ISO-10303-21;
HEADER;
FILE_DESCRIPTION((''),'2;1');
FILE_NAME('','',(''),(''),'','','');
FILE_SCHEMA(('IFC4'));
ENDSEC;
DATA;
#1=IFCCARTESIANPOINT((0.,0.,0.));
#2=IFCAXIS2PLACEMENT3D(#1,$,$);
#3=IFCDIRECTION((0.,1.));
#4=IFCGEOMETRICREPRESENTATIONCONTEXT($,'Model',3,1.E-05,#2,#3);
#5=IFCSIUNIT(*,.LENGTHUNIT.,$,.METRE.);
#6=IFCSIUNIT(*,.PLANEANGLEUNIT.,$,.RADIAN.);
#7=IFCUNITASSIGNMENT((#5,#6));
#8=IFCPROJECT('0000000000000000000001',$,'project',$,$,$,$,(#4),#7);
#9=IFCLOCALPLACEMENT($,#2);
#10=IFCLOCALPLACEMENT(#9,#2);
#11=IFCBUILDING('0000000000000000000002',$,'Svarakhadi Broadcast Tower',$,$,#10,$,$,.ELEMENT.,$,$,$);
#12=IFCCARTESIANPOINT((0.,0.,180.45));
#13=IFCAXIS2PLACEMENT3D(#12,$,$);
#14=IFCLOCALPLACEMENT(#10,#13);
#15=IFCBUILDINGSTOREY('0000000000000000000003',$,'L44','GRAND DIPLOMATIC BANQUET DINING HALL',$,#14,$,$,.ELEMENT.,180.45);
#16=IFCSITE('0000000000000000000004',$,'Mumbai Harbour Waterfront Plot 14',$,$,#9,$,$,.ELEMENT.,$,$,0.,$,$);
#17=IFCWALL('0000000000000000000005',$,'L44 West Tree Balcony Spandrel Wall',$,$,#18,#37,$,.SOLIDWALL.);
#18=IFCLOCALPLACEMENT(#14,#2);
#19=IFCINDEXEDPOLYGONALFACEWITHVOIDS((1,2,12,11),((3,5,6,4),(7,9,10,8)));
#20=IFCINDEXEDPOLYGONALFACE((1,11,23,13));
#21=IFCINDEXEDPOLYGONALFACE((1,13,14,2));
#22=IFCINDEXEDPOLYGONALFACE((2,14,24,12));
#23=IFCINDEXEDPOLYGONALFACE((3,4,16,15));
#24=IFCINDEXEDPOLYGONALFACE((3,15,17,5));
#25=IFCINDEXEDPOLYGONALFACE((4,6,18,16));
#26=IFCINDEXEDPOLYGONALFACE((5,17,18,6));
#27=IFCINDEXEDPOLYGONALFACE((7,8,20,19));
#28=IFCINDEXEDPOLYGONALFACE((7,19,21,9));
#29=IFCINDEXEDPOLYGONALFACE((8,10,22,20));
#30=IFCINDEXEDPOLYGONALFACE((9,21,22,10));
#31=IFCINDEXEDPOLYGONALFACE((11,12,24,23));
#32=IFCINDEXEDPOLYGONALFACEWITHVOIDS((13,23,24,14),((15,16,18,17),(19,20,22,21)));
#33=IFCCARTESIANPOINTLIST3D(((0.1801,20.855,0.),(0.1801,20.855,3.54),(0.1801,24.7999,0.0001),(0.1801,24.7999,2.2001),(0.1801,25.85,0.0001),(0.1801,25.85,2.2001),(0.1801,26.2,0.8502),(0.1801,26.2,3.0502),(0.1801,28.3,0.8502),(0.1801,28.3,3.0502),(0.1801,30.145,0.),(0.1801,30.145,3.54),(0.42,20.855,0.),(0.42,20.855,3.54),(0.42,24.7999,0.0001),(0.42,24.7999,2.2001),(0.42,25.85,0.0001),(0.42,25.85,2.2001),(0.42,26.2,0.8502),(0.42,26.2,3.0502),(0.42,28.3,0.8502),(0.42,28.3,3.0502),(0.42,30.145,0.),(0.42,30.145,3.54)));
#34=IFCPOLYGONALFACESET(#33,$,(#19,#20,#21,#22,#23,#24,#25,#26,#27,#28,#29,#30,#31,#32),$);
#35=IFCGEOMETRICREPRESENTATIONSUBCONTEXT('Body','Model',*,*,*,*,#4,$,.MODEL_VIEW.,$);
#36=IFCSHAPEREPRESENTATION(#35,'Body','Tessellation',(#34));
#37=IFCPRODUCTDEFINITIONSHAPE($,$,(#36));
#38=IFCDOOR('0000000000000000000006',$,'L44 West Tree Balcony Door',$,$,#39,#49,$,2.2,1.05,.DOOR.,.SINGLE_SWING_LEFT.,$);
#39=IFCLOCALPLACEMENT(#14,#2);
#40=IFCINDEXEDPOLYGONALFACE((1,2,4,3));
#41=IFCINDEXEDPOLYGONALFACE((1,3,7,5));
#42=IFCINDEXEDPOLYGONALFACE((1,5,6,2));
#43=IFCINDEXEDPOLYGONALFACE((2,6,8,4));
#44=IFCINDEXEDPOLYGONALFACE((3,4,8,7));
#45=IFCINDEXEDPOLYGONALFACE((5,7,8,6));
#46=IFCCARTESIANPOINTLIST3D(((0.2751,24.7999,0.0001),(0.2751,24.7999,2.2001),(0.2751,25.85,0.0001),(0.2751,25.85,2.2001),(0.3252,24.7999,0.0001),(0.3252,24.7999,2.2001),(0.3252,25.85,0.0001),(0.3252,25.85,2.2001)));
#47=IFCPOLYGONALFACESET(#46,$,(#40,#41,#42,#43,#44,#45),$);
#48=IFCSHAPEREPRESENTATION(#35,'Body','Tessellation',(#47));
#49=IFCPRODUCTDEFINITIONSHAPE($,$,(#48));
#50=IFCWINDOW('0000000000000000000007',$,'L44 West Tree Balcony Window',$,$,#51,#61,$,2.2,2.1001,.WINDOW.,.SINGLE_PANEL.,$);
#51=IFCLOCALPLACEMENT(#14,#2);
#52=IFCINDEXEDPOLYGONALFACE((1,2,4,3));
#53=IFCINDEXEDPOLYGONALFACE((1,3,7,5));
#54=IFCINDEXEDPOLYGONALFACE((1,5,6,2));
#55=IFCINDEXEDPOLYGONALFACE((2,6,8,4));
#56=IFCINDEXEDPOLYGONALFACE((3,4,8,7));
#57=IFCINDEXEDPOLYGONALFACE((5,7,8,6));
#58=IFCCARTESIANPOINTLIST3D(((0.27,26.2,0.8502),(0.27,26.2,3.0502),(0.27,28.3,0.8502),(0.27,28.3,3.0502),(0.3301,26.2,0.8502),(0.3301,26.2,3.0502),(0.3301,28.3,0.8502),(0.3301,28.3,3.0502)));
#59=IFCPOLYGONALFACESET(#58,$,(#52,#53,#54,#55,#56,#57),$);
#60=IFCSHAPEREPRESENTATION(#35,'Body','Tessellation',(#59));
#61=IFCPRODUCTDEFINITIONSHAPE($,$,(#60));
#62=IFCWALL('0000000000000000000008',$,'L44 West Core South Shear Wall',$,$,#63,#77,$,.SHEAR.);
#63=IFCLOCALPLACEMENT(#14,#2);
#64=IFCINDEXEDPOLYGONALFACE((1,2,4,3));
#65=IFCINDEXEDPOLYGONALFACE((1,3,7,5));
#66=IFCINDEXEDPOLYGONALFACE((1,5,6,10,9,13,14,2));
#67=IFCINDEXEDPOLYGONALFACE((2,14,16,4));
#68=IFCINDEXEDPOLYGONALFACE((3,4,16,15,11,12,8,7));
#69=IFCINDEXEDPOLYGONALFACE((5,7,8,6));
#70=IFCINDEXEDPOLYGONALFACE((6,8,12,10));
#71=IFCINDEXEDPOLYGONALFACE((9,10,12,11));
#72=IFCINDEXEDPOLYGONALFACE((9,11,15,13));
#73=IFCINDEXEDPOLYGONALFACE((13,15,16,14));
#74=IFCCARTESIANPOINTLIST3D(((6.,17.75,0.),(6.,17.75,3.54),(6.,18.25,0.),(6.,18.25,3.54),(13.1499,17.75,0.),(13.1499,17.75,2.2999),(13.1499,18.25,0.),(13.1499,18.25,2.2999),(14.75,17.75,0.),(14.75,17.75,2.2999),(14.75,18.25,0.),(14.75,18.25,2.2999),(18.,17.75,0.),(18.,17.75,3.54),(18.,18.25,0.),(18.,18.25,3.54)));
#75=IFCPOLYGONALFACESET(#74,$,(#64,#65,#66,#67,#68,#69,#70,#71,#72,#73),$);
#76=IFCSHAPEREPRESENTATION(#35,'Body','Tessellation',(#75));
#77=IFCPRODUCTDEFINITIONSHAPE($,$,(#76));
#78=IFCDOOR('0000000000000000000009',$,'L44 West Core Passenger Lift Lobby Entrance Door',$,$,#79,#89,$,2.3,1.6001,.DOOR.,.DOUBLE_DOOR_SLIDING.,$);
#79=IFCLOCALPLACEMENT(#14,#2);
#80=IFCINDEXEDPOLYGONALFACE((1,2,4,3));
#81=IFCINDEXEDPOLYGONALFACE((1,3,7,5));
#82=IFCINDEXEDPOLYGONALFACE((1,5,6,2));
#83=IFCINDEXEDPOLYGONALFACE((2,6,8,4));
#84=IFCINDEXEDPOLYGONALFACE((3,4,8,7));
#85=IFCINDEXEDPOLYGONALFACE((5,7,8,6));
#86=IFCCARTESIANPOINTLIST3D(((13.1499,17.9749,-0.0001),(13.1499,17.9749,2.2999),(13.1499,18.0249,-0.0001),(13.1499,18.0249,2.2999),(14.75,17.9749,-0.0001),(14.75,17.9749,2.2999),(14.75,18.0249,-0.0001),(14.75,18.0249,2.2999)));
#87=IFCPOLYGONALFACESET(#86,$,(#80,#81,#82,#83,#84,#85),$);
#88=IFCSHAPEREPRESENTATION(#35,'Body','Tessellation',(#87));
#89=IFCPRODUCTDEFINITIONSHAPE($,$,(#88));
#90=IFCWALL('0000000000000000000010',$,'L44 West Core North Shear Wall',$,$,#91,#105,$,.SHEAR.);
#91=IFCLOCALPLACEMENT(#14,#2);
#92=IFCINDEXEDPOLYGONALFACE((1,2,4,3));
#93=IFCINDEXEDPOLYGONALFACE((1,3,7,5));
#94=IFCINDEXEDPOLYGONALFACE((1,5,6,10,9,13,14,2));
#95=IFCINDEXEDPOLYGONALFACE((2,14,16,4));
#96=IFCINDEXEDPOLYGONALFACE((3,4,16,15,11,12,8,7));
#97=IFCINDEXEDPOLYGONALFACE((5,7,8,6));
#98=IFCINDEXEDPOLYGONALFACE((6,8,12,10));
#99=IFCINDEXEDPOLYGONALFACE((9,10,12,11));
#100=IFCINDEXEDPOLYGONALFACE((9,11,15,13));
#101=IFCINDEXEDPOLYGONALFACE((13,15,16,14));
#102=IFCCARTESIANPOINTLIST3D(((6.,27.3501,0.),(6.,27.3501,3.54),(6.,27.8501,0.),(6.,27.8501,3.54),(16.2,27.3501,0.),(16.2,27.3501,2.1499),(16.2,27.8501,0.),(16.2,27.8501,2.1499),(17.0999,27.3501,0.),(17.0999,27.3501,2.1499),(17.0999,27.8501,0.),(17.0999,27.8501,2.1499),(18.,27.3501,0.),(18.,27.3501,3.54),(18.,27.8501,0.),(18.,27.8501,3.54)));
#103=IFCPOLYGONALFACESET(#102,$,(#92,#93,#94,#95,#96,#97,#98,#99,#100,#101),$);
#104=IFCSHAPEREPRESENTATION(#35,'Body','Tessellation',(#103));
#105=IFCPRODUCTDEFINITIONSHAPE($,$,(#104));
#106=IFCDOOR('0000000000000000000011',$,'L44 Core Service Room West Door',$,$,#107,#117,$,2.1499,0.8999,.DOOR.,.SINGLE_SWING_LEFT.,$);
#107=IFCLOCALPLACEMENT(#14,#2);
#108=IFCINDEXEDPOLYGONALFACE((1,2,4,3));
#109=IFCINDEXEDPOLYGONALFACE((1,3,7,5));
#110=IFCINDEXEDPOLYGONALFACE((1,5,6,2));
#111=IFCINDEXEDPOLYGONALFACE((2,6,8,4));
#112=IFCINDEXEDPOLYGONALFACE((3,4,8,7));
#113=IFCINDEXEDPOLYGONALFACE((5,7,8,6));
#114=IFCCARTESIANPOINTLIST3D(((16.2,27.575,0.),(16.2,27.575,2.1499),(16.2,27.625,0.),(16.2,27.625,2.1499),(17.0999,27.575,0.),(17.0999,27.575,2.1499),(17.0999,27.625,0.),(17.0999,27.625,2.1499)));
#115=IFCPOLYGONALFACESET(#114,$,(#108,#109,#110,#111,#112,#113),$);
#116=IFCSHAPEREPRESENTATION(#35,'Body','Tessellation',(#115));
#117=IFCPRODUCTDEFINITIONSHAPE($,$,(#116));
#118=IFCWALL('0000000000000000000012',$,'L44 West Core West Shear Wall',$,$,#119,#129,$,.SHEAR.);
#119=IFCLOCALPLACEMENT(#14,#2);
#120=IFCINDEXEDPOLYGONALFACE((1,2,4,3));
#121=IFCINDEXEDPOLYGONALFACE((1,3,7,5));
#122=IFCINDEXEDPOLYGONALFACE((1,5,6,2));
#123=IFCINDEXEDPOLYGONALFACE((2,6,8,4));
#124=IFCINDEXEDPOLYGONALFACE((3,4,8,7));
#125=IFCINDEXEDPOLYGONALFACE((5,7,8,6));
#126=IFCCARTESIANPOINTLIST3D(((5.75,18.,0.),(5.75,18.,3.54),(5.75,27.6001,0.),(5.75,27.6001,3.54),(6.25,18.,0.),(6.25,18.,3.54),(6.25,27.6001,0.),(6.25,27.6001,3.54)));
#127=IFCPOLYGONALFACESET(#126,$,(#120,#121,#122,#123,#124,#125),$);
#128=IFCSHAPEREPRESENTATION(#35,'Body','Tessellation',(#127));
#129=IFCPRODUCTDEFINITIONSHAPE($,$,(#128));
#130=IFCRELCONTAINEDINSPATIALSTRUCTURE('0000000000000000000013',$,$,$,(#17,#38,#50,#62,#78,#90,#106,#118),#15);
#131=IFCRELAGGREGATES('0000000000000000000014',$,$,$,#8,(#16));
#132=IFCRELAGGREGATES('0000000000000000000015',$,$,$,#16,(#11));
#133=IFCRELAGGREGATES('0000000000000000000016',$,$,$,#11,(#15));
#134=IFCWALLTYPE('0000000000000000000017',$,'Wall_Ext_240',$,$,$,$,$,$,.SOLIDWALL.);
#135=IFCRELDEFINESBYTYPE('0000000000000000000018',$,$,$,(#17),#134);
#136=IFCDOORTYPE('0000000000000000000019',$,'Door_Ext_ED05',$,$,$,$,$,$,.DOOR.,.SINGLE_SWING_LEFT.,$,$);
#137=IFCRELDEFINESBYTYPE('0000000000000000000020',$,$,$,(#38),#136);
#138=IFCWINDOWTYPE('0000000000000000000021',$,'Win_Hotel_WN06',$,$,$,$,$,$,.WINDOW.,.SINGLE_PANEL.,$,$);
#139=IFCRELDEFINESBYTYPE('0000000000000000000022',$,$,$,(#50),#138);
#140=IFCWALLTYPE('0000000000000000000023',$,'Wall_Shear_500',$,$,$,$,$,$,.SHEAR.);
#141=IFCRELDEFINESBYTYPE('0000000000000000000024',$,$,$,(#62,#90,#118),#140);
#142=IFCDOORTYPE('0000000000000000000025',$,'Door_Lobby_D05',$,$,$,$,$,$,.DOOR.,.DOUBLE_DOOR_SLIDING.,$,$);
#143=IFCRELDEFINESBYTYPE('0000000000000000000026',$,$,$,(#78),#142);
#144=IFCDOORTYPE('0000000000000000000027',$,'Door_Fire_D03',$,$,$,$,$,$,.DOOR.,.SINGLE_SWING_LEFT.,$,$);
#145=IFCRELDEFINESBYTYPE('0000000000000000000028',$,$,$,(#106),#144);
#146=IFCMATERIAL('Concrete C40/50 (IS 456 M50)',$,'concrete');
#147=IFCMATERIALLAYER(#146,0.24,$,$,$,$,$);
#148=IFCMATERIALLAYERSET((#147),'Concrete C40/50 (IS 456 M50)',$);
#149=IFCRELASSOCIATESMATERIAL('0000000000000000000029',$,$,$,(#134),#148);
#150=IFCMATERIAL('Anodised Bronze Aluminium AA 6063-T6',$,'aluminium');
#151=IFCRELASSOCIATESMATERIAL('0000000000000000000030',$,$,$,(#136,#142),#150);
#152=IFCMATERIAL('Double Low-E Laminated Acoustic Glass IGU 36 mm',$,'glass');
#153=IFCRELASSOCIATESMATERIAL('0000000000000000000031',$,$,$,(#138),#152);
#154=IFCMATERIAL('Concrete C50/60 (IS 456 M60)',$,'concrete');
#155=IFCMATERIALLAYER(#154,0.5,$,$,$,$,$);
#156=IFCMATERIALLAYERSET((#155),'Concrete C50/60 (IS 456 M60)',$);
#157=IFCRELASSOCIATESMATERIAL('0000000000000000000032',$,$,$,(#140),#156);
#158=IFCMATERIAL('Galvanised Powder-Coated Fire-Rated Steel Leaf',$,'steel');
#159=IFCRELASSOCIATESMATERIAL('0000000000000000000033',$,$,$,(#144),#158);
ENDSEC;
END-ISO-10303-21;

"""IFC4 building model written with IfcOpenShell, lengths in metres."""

from ifc_helpers import new_model, si_unit, direction, frame, frame_2d, origin, place, context, subcontext, project, spatial, rectangle, extrude, material, layer, layer_set, type_object, element, fill, save


model = new_model("IFC4")

# Units and contexts
model_context = context("Model", 3, precision=1e-05, world=origin(), true_north=direction((0.0, 1.0)))
body_context = subcontext(model_context, "Body", "Model", "MODEL_VIEW")
ifc_project = project(units=[si_unit("LENGTHUNIT", "METRE"), si_unit("PLANEANGLEUNIT", "RADIAN")], contexts=[model_context])

# Site, building, storey
site_placement = place(None, origin())
site = spatial("IfcSite", under=ifc_project, at=site_placement, Name="Mumbai Harbour Waterfront Plot 14", CompositionType="ELEMENT", RefElevation=0.0)
building_placement = place(site_placement, origin())
building = spatial("IfcBuilding", under=site, at=building_placement, Name="Svarakhadi Broadcast Tower", CompositionType="ELEMENT")
storey_placement = place(building_placement, frame((0.0, 0.0, 180.45)))
storey = spatial("IfcBuildingStorey", under=building, at=storey_placement, Name="L44", Description="GRAND DIPLOMATIC BANQUET DINING HALL", CompositionType="ELEMENT", Elevation=180.45)

# Shared definitions
ifc_material_1 = material(Name="Concrete C50/60 (IS 456 M60)", Category="concrete")

# Shared definitions
ifc_material_2 = material(Name="Anodised Bronze Aluminium AA 6063-T6", Category="aluminium")

# Wall, openings, door, window
ifc_material_3 = material(Name="Concrete C40/50 (IS 456 M50)", Category="concrete")
ifc_layer_1 = layer(ifc_material_3, 0.24)
ifc_layer_set_1 = layer_set([ifc_layer_1], Name="Concrete C40/50 (IS 456 M50)")
wall_type_1 = type_object("IfcWallType", Name="Wall_Ext_240", PredefinedType="SOLIDWALL", material=ifc_layer_set_1)
wall_1_placement = place(storey_placement, frame((0.3, 20.855, 0.0), z_axis=(0.0, 0.0, 1.0), x_axis=(0.0, 1.0, 0.0)))
wall_1 = element("IfcWall", 1, at=wall_1_placement, inside=storey, type_object=wall_type_1, Name="L44 West Tree Balcony Spandrel Wall", PredefinedType="SOLIDWALL", context=body_context, shape_type="SweptSolid", body=[
    extrude(rectangle(XDim=9.29, YDim=0.24, at=frame_2d((4.645, 0.0))), origin(), (0.0, 0.0, 1.0), 3.54),
])
opening_1_placement = place(wall_1_placement, frame((3.9451, 0.0, 0.0)))
opening_1 = element("IfcOpeningElement", 2, at=opening_1_placement, cuts=wall_1, PredefinedType="OPENING", context=body_context, shape_type="SweptSolid", body=[
    extrude(rectangle(XDim=1.05, YDim=2.2, at=frame_2d((0.5249, 1.1001))), frame((0.0, 0.1299, 0.0), z_axis=(0.0, -1.0, 0.0), x_axis=(1.0, 0.0, 0.0)), (0.0, 0.0, 1.0), 0.26),
])
opening_2_placement = place(wall_1_placement, frame((5.345, 0.0, 0.8501)))
opening_2 = element("IfcOpeningElement", 3, at=opening_2_placement, cuts=wall_1, PredefinedType="OPENING", context=body_context, shape_type="SweptSolid", body=[
    extrude(rectangle(XDim=2.1001, YDim=2.2, at=frame_2d((1.05, 1.1001))), frame((0.0, 0.1299, 0.0), z_axis=(0.0, -1.0, 0.0), x_axis=(1.0, 0.0, 0.0)), (0.0, 0.0, 1.0), 0.26),
])
door_type_1 = type_object("IfcDoorType", Name="Door_Ext_ED05", OperationType="SINGLE_SWING_LEFT", PredefinedType="DOOR", material=ifc_material_2)
door_1_placement = place(opening_1_placement, origin())
door_1 = element("IfcDoor", 4, at=door_1_placement, inside=storey, type_object=door_type_1, Name="L44 West Tree Balcony Door", OperationType="SINGLE_SWING_LEFT", OverallHeight=2.2, OverallWidth=1.05, PredefinedType="DOOR", context=body_context, shape_type="SweptSolid", body=[
    extrude(rectangle(XDim=1.05, YDim=2.2, at=frame_2d((0.5249, 1.1001))), frame((0.0, 0.0249, 0.0), z_axis=(0.0, -1.0, 0.0), x_axis=(1.0, 0.0, 0.0)), (0.0, 0.0, 1.0), 0.05),
])
fill(opening_1, door_1)
ifc_material_4 = material(Name="Double Low-E Laminated Acoustic Glass IGU 36 mm", Category="glass")
window_type = type_object("IfcWindowType", Name="Win_Hotel_WN06", PartitioningType="SINGLE_PANEL", PredefinedType="WINDOW", material=ifc_material_4)
window_placement = place(opening_2_placement, origin())
window = element("IfcWindow", 5, at=window_placement, inside=storey, type_object=window_type, Name="L44 West Tree Balcony Window", OverallHeight=2.2, OverallWidth=2.1001, PartitioningType="SINGLE_PANEL", PredefinedType="WINDOW", context=body_context, shape_type="SweptSolid", body=[
    extrude(rectangle(XDim=2.1001, YDim=2.2, at=frame_2d((1.05, 1.1001))), frame((0.0, 0.03, 0.0), z_axis=(0.0, -1.0, 0.0), x_axis=(1.0, 0.0, 0.0)), (0.0, 0.0, 1.0), 0.0601),
])
fill(opening_2, window)

# Walls, openings, doors
ifc_layer_2 = layer(ifc_material_1, 0.5)
ifc_layer_set_2 = layer_set([ifc_layer_2], Name="Concrete C50/60 (IS 456 M60)")
wall_type_2 = type_object("IfcWallType", Name="Wall_Shear_500", PredefinedType="SHEAR", material=ifc_layer_set_2)
wall_2_placement = place(storey_placement, frame((6.0, 18.0, 0.0), z_axis=(0.0, 0.0, 1.0), x_axis=(1.0, 0.0, 0.0)))
wall_2 = element("IfcWall", 6, at=wall_2_placement, inside=storey, type_object=wall_type_2, Name="L44 West Core South Shear Wall", PredefinedType="SHEAR", context=body_context, shape_type="SweptSolid", body=[
    extrude(rectangle(XDim=12.0, YDim=0.5, at=frame_2d((6.0, 0.0))), origin(), (0.0, 0.0, 1.0), 3.54),
])
opening_3_placement = place(wall_2_placement, frame((7.1499, 0.0, 0.0)))
opening_3 = element("IfcOpeningElement", 7, at=opening_3_placement, cuts=wall_2, PredefinedType="OPENING", context=body_context, shape_type="SweptSolid", body=[
    extrude(rectangle(XDim=1.6001, YDim=2.3, at=frame_2d((0.8, 1.1499))), frame((0.0, 0.26, 0.0), z_axis=(0.0, -1.0, 0.0), x_axis=(1.0, 0.0, 0.0)), (0.0, 0.0, 1.0), 0.52),
])
door_type_2 = type_object("IfcDoorType", Name="Door_Lobby_D05", OperationType="DOUBLE_DOOR_SLIDING", PredefinedType="DOOR", material=ifc_material_2)
door_2_placement = place(opening_3_placement, origin())
door_2 = element("IfcDoor", 8, at=door_2_placement, inside=storey, type_object=door_type_2, Name="L44 West Core Passenger Lift Lobby Entrance Door", OperationType="DOUBLE_DOOR_SLIDING", OverallHeight=2.3, OverallWidth=1.6001, PredefinedType="DOOR", context=body_context, shape_type="SweptSolid", body=[
    extrude(rectangle(XDim=1.6001, YDim=2.3, at=frame_2d((0.8, 1.1499))), frame((0.0, 0.0249, 0.0), z_axis=(0.0, -1.0, 0.0), x_axis=(1.0, 0.0, 0.0)), (0.0, 0.0, 1.0), 0.05),
])
fill(opening_3, door_2)
wall_3_placement = place(storey_placement, frame((6.0, 27.6001, 0.0), z_axis=(0.0, 0.0, 1.0), x_axis=(1.0, 0.0, 0.0)))
wall_3 = element("IfcWall", 9, at=wall_3_placement, inside=storey, type_object=wall_type_2, Name="L44 West Core North Shear Wall", PredefinedType="SHEAR", context=body_context, shape_type="SweptSolid", body=[
    extrude(rectangle(XDim=12.0, YDim=0.5, at=frame_2d((6.0, 0.0))), origin(), (0.0, 0.0, 1.0), 3.54),
])
opening_4_placement = place(wall_3_placement, frame((10.2, 0.0, 0.0)))
opening_4 = element("IfcOpeningElement", 10, at=opening_4_placement, cuts=wall_3, PredefinedType="OPENING", context=body_context, shape_type="SweptSolid", body=[
    extrude(rectangle(XDim=0.8999, YDim=2.1499, at=frame_2d((0.45, 1.075))), frame((0.0, 0.26, 0.0), z_axis=(0.0, -1.0, 0.0), x_axis=(1.0, 0.0, 0.0)), (0.0, 0.0, 1.0), 0.52),
])
ifc_material_5 = material(Name="Galvanised Powder-Coated Fire-Rated Steel Leaf", Category="steel")
door_type_3 = type_object("IfcDoorType", Name="Door_Fire_D03", OperationType="SINGLE_SWING_LEFT", PredefinedType="DOOR", material=ifc_material_5)
door_3_placement = place(opening_4_placement, origin())
door_3 = element("IfcDoor", 11, at=door_3_placement, inside=storey, type_object=door_type_3, Name="L44 Core Service Room West Door", OperationType="SINGLE_SWING_LEFT", OverallHeight=2.1499, OverallWidth=0.8999, PredefinedType="DOOR", context=body_context, shape_type="SweptSolid", body=[
    extrude(rectangle(XDim=0.8999, YDim=2.1499, at=frame_2d((0.45, 1.075))), frame((0.0, 0.0249, 0.0), z_axis=(0.0, -1.0, 0.0), x_axis=(1.0, 0.0, 0.0)), (0.0, 0.0, 1.0), 0.05),
])
fill(opening_4, door_3)

# Wall
wall_4_placement = place(storey_placement, frame((6.0, 18.0, 0.0), z_axis=(0.0, 0.0, 1.0), x_axis=(0.0, 1.0, 0.0)))
element("IfcWall", 12, at=wall_4_placement, inside=storey, type_object=wall_type_2, Name="L44 West Core West Shear Wall", PredefinedType="SHEAR", context=body_context, shape_type="SweptSolid", body=[
    extrude(rectangle(XDim=9.6001, YDim=0.5, at=frame_2d((4.8, 0.0))), origin(), (0.0, 0.0, 1.0), 3.54),
])

save(model, "model.ifc")
